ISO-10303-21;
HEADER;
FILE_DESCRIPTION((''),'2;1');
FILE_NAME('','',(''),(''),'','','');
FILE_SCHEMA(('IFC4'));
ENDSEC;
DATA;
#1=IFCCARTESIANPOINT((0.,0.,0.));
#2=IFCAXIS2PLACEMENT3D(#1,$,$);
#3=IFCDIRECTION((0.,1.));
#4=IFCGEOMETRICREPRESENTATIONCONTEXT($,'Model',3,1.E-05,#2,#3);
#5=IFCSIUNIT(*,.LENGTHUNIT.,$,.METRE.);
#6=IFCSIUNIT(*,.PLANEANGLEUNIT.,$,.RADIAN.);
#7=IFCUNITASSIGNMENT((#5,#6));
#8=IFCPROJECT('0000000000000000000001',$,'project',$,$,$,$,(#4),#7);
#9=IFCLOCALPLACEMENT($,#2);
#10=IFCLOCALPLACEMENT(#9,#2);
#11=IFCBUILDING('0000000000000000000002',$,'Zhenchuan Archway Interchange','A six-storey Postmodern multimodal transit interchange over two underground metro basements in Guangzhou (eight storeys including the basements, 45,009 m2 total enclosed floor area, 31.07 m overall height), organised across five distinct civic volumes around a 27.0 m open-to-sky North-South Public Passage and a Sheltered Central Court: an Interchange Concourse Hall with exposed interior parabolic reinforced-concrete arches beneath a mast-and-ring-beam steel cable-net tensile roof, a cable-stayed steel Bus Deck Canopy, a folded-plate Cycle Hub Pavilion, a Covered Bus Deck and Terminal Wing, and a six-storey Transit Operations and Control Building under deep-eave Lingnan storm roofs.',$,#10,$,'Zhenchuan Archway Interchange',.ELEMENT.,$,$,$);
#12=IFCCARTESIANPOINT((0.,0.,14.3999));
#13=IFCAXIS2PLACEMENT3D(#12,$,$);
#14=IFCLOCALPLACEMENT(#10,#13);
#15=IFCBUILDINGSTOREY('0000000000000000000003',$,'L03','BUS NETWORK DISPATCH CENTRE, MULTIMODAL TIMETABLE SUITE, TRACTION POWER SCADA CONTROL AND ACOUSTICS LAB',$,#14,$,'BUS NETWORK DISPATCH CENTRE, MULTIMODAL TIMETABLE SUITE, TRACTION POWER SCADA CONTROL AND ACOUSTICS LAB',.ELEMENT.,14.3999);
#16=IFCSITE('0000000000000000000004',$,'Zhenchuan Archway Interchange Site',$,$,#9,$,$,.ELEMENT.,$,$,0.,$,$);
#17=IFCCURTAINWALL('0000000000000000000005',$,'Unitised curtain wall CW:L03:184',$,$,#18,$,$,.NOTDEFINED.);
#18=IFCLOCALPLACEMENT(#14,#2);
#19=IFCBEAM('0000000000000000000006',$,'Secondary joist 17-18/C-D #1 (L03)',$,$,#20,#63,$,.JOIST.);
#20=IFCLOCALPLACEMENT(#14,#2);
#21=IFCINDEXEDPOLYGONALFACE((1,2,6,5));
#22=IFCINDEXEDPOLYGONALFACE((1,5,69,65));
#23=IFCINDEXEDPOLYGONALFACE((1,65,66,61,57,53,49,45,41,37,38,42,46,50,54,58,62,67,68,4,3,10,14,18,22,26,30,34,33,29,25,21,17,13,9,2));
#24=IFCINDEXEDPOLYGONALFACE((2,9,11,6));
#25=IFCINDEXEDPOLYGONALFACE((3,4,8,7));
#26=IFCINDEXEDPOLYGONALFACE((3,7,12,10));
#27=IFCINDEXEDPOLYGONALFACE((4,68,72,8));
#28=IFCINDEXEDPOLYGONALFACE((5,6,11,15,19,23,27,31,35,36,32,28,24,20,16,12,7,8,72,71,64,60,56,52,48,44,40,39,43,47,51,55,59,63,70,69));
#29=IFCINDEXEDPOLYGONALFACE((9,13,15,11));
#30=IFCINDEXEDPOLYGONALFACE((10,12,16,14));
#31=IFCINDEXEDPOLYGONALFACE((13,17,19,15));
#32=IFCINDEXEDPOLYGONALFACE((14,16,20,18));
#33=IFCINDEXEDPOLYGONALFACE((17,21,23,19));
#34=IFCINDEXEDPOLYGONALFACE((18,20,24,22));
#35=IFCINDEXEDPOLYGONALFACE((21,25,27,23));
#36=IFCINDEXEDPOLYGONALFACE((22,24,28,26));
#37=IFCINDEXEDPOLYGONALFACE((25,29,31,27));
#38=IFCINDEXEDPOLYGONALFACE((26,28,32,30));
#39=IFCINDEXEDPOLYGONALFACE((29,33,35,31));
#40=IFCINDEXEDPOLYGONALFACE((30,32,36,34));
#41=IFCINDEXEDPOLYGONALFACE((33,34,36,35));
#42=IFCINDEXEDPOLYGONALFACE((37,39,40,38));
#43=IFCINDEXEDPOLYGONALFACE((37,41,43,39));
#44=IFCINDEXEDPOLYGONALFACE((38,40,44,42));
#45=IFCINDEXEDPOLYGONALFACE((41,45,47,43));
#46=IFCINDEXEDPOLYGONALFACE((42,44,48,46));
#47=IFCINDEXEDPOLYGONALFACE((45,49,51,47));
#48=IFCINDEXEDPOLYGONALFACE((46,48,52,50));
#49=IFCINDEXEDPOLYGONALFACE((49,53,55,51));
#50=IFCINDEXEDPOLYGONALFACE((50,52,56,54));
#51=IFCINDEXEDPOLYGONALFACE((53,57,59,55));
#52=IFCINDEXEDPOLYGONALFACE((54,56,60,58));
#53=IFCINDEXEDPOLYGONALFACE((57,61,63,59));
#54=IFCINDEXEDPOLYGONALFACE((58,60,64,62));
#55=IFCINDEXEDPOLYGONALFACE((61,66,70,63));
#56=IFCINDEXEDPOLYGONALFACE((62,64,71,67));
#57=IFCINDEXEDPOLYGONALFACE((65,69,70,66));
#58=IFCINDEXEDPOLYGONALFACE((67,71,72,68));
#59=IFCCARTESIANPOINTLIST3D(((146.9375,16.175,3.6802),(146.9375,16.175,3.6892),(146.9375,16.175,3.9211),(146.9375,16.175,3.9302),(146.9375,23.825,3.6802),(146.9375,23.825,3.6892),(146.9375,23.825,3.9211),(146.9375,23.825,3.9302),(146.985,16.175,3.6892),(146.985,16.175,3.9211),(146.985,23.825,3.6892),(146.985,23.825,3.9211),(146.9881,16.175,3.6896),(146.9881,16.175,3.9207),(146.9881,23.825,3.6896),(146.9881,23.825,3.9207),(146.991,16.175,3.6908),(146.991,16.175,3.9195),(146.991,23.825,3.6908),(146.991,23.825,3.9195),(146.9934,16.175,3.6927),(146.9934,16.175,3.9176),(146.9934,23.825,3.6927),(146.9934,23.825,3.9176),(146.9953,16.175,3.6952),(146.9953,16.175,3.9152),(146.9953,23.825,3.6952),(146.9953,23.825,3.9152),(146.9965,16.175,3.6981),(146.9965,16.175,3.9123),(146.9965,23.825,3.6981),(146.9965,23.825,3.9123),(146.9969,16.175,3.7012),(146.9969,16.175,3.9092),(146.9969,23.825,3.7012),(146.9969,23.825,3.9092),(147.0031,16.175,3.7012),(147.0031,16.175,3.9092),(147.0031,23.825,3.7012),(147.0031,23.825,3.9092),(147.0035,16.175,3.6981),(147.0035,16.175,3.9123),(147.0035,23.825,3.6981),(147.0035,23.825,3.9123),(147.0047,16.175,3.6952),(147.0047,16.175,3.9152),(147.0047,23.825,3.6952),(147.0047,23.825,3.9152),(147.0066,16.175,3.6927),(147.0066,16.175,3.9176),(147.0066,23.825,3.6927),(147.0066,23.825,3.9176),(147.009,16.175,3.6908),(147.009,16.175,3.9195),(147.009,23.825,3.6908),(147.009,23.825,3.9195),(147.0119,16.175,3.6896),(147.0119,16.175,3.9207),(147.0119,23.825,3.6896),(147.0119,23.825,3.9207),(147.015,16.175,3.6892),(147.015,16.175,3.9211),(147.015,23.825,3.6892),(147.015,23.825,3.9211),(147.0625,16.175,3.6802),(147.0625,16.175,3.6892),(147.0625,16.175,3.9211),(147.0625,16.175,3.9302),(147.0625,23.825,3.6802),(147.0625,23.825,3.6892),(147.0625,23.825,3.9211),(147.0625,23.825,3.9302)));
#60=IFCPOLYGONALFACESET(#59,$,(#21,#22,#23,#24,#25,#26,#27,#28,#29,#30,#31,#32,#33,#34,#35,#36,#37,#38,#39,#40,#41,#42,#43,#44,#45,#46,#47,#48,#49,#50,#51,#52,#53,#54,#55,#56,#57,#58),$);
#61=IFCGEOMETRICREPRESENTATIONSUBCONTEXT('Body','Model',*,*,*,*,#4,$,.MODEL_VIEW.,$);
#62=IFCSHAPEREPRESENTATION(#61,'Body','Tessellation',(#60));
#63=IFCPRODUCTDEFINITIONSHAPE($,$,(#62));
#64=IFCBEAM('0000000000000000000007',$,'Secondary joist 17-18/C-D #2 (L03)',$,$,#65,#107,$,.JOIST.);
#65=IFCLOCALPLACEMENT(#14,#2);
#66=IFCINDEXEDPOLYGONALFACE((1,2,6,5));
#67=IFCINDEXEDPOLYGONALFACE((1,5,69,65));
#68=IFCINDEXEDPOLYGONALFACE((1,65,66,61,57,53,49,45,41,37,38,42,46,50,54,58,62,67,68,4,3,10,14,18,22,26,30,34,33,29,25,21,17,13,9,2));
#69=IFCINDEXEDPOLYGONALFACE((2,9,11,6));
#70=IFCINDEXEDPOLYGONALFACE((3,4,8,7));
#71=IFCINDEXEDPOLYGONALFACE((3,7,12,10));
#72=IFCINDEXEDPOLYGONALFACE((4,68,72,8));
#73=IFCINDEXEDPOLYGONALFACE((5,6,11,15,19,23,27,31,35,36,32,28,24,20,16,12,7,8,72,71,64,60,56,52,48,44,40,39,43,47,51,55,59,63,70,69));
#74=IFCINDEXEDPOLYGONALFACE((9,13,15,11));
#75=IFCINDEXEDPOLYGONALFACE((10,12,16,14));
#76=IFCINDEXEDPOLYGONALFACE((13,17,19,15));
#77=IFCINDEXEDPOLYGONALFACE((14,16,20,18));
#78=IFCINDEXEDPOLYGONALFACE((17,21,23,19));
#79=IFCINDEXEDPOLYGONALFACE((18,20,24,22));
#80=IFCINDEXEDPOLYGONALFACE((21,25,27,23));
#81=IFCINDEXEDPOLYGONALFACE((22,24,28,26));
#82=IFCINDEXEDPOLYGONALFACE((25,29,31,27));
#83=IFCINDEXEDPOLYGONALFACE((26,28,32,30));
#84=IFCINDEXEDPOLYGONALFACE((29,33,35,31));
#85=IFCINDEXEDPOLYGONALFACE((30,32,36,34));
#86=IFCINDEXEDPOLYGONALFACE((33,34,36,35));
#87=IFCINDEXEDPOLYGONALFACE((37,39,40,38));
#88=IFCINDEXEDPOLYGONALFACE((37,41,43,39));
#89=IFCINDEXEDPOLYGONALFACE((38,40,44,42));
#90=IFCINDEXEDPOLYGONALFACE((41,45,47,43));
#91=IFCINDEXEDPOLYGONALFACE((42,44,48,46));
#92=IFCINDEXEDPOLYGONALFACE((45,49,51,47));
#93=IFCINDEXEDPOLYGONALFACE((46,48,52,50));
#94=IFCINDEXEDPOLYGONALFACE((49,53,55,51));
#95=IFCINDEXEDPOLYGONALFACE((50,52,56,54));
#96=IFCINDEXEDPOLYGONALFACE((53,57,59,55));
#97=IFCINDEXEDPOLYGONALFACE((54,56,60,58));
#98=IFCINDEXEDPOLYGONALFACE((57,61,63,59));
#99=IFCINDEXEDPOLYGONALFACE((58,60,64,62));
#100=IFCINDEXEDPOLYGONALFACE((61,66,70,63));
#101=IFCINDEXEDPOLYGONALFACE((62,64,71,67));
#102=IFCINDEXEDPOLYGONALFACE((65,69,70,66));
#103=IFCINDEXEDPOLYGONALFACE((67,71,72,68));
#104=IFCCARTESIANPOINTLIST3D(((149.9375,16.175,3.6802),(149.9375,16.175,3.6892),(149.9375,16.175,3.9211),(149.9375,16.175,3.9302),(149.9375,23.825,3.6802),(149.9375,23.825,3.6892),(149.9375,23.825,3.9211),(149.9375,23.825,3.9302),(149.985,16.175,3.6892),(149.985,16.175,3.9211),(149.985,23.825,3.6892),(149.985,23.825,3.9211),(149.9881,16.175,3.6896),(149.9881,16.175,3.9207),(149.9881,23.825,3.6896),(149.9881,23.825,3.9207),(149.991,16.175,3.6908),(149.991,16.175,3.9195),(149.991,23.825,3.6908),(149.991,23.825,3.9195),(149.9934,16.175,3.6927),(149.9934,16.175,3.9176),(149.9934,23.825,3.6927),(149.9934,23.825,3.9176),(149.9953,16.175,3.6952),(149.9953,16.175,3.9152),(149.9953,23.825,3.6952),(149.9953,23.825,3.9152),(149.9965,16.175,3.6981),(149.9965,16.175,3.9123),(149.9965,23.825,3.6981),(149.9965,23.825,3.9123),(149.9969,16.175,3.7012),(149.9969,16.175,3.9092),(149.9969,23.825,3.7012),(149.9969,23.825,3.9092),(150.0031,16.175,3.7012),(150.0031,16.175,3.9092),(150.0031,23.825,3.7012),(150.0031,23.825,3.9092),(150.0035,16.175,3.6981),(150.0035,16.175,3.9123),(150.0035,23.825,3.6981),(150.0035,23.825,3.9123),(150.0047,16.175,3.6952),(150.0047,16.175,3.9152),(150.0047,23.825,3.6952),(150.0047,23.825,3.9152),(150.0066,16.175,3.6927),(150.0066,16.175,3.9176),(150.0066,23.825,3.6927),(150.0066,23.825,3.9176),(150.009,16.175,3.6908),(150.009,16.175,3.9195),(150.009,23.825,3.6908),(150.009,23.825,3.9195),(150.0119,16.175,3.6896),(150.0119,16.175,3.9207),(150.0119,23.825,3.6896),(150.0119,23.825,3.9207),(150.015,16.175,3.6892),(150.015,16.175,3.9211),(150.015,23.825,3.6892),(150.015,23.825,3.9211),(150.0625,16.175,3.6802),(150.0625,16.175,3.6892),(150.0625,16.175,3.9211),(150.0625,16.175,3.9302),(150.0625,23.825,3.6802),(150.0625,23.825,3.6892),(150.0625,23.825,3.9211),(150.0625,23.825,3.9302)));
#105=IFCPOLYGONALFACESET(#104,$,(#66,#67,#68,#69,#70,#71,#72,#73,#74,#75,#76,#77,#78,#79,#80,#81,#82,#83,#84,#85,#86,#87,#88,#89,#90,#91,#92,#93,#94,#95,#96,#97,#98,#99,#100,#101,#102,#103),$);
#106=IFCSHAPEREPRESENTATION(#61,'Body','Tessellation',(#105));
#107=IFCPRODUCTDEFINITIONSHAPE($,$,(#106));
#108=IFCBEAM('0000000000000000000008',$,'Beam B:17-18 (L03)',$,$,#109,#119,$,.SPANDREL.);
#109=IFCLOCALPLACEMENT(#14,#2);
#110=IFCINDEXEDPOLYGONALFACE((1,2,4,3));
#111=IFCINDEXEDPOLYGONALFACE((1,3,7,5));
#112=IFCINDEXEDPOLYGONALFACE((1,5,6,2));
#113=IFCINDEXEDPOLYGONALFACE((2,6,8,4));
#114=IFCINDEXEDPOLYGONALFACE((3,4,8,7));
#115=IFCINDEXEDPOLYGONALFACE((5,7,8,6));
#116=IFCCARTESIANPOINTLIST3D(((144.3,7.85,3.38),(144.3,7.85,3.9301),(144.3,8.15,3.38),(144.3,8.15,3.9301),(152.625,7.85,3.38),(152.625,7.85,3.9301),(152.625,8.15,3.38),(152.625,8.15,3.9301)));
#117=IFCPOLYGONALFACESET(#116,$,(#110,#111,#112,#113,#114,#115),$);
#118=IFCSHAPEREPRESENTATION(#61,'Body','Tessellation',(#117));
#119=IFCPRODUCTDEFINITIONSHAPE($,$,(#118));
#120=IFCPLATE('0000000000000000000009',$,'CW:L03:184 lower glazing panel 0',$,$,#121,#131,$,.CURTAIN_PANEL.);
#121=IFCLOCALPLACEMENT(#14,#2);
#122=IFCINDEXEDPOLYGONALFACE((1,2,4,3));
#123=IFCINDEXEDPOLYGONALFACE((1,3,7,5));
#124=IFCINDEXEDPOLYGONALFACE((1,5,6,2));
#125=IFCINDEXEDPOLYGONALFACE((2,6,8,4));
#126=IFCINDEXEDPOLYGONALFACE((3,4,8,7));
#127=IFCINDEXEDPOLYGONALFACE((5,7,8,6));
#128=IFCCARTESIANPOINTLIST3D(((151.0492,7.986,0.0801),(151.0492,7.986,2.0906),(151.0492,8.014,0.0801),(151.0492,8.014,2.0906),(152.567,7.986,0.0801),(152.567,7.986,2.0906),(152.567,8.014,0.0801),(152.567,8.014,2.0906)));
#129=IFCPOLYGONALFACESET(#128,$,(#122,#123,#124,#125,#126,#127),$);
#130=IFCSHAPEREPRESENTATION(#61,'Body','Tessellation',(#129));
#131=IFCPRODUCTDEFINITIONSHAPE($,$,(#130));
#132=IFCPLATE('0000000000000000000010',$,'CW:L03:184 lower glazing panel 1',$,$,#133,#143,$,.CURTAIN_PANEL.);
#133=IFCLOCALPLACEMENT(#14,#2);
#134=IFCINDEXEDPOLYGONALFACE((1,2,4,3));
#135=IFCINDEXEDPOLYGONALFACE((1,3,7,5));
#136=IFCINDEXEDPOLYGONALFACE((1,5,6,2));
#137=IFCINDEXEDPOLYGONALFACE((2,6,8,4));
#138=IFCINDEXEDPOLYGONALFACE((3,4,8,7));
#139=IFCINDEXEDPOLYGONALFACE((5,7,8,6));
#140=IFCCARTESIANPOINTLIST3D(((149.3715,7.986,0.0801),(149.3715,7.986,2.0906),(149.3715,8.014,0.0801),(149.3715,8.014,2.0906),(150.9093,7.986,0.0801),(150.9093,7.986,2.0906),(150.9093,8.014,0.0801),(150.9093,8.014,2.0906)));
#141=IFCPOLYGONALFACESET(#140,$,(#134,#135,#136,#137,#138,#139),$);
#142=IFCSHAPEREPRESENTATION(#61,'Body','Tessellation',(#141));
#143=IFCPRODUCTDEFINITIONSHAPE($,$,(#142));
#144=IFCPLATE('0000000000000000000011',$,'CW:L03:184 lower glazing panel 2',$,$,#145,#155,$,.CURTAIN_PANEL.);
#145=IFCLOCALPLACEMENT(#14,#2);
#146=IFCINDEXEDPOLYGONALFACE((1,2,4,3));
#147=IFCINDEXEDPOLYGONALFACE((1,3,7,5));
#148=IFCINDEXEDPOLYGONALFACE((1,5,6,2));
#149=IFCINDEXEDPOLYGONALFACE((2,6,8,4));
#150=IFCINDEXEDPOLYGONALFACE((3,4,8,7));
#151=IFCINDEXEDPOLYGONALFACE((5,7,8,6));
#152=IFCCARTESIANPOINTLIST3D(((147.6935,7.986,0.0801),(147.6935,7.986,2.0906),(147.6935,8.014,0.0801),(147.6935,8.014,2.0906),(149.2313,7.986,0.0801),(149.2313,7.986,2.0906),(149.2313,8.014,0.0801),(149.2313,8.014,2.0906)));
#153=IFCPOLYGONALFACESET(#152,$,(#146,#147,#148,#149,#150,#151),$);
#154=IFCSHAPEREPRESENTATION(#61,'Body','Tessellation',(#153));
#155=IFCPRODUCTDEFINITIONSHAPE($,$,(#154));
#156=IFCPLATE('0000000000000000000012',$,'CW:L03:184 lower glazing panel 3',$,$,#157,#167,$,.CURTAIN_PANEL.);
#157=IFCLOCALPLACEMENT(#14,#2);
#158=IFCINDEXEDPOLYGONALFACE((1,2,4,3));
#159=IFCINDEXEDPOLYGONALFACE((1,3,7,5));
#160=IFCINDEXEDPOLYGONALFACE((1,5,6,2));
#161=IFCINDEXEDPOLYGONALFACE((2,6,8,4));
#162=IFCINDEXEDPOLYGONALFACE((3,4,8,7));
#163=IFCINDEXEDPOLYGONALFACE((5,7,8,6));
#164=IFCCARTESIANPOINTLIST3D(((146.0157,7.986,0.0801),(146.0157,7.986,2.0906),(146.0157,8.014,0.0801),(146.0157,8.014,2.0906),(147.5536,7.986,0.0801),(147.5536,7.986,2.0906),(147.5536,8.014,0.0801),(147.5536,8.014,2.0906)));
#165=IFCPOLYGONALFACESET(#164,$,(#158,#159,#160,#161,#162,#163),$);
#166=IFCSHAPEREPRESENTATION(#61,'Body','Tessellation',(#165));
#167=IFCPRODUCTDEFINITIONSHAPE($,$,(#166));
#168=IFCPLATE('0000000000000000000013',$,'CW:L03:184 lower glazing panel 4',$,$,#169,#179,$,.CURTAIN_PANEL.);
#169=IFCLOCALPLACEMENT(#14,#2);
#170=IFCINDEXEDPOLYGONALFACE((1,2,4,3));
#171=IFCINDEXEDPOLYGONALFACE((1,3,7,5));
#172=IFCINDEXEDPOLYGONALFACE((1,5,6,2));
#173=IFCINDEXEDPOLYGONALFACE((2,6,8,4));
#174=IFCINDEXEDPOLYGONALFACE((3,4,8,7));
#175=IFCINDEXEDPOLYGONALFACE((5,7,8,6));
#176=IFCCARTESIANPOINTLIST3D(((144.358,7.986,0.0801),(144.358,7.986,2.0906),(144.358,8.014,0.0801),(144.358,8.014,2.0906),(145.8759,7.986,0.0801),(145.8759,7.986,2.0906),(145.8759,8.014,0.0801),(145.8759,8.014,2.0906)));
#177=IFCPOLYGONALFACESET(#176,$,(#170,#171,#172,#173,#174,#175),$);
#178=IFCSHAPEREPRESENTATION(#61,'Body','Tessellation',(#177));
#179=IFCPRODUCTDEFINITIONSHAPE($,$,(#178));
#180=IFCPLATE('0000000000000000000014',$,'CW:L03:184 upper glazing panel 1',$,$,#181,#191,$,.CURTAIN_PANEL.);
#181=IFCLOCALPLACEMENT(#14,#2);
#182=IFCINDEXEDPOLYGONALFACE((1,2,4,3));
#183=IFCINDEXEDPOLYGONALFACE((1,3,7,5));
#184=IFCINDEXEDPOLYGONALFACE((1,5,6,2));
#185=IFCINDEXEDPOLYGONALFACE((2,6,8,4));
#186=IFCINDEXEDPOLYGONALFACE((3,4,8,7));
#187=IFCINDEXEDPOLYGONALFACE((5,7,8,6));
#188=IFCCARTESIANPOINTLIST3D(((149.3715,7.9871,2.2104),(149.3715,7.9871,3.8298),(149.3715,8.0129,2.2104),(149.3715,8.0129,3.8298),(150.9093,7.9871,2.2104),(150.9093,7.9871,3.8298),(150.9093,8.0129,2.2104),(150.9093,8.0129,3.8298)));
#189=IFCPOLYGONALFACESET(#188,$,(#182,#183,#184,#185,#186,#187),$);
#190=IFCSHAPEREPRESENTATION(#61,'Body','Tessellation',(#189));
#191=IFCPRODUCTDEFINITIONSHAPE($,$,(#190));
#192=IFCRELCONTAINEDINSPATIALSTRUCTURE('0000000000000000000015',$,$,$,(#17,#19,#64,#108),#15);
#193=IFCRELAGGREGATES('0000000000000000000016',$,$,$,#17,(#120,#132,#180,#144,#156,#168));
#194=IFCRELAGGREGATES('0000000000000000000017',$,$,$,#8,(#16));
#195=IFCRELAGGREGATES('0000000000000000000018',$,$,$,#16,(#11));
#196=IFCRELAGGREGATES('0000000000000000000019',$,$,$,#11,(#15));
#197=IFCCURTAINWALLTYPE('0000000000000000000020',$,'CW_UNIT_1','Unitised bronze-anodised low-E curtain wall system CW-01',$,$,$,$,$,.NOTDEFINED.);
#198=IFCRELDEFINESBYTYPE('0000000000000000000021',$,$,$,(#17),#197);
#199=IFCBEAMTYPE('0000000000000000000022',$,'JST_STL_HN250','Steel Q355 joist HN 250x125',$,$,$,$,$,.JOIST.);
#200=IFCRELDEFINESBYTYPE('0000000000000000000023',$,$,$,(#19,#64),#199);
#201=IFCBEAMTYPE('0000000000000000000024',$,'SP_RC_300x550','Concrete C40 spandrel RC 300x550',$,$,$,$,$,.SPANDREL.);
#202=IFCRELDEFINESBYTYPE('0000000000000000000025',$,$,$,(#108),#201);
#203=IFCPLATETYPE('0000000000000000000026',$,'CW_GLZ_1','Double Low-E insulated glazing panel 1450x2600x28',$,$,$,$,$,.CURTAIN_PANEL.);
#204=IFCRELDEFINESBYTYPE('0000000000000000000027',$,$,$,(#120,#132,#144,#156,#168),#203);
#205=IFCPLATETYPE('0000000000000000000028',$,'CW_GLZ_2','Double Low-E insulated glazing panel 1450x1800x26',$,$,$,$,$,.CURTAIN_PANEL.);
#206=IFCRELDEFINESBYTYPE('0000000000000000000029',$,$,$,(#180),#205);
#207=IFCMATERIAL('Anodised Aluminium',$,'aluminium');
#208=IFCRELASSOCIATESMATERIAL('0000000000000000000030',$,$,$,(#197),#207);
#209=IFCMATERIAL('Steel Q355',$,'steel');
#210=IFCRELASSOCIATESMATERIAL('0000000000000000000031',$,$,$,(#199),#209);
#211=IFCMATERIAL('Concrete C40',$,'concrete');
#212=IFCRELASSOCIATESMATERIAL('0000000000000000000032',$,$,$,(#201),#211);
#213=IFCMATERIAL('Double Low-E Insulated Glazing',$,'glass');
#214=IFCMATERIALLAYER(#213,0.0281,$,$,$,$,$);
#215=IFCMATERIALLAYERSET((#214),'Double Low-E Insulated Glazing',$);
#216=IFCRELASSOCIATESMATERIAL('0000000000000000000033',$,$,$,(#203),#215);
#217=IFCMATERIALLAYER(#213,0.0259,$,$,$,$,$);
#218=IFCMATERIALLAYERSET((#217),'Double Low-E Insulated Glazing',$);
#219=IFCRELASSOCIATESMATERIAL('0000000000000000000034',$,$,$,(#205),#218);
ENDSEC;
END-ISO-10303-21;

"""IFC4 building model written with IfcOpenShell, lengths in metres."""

from ifc_helpers import new_model, si_unit, direction, frame, origin, origin_2d, place, context, subcontext, project, spatial, rectangle, i_section, extrude, material, layer, layer_set, material_profile, profile_set, type_object, element, aggregate, save


model = new_model("IFC4")

# Units and contexts
model_context = context("Model", 3, precision=1e-05, world=origin(), true_north=direction((0.0, 1.0)))
body_context = subcontext(model_context, "Body", "Model", "MODEL_VIEW")
ifc_project = project(units=[si_unit("LENGTHUNIT", "METRE"), si_unit("PLANEANGLEUNIT", "RADIAN")], contexts=[model_context])

# Site, building, storey
site_placement = place(None, origin())
site = spatial("IfcSite", under=ifc_project, at=site_placement, Name="Zhenchuan Archway Interchange Site", CompositionType="ELEMENT", RefElevation=0.0)
building_placement = place(site_placement, origin())
building = spatial("IfcBuilding", under=site, at=building_placement, Name="Zhenchuan Archway Interchange", Description="A six-storey Postmodern multimodal transit interchange over two underground metro basements in Guangzhou (eight storeys including the basements, 45,009 m2 total enclosed floor area, 31.07 m overall height), organised across five distinct civic volumes around a 27.0 m open-to-sky North-South Public Passage and a Sheltered Central Court: an Interchange Concourse Hall with exposed interior parabolic reinforced-concrete arches beneath a mast-and-ring-beam steel cable-net tensile roof, a cable-stayed steel Bus Deck Canopy, a folded-plate Cycle Hub Pavilion, a Covered Bus Deck and Terminal Wing, and a six-storey Transit Operations and Control Building under deep-eave Lingnan storm roofs.", LongName="Zhenchuan Archway Interchange", CompositionType="ELEMENT")
storey_placement = place(building_placement, frame((0.0, 0.0, 14.3999)))
storey = spatial("IfcBuildingStorey", under=building, at=storey_placement, Name="L03", Description="BUS NETWORK DISPATCH CENTRE, MULTIMODAL TIMETABLE SUITE, TRACTION POWER SCADA CONTROL AND ACOUSTICS LAB", LongName="BUS NETWORK DISPATCH CENTRE, MULTIMODAL TIMETABLE SUITE, TRACTION POWER SCADA CONTROL AND ACOUSTICS LAB", CompositionType="ELEMENT", Elevation=14.3999)

# Shared definitions
ifc_material_1 = material(Name="Concrete C40", Category="concrete")

# Curtain wall
ifc_material_2 = material(Name="Anodised Aluminium", Category="aluminium")
curtain_wall_type = type_object("IfcCurtainWallType", Name="CW_UNIT_1", Description="Unitised bronze-anodised low-E curtain wall system CW-01", PredefinedType="NOTDEFINED", material=ifc_material_2)
curtain_wall_placement = place(storey_placement, origin())
curtain_wall = element("IfcCurtainWall", 1, at=curtain_wall_placement, inside=storey, type_object=curtain_wall_type, Name="Unitised curtain wall CW:L03:184", PredefinedType="NOTDEFINED")

# Beams
ifc_material_3 = material(Name="Steel Q355", Category="steel")
ifc_material_profile_1 = material_profile(ifc_material_3, i_section(OverallWidth=0.125, OverallDepth=0.25, WebThickness=0.0061, FlangeThickness=0.009, FilletRadius=0.012, at=origin_2d()), Name="HN 250x125")
ifc_profile_set_1 = profile_set([ifc_material_profile_1], Name="Steel Q355")
beam_type_1 = type_object("IfcBeamType", Name="JST_STL_HN250", Description="Steel Q355 joist HN 250x125", PredefinedType="JOIST", material=ifc_profile_set_1)
for number, where, z_axis, x_axis, name in (
    (2, (147.0, 16.175, 3.8052), (0.0, 1.0, 0.0), (-1.0, 0.0, 0.0), "Secondary joist 17-18/C-D #1 (L03)"),
    (3, (150.0, 16.175, 3.8052), (0.0, 1.0, 0.0), (-1.0, 0.0, 0.0), "Secondary joist 17-18/C-D #2 (L03)"),
):
    element("IfcBeam", number, at=place(storey_placement, frame(where, z_axis=z_axis, x_axis=x_axis)), inside=storey, type_object=beam_type_1, Name=name, PredefinedType="JOIST", context=body_context, shape_type="SweptSolid", body=[
        extrude(i_section(OverallWidth=0.125, OverallDepth=0.25, WebThickness=0.0061, FlangeThickness=0.009, FilletRadius=0.012, at=origin_2d()), origin(), (0.0, 0.0, 1.0), 7.6499),
    ])
ifc_material_profile_2 = material_profile(ifc_material_1, rectangle(XDim=0.3, YDim=0.55, at=origin_2d()), Name="RC 300x550")
ifc_profile_set_2 = profile_set([ifc_material_profile_2], Name="Concrete C40")
beam_type_2 = type_object("IfcBeamType", Name="SP_RC_300x550", Description="Concrete C40 spandrel RC 300x550", PredefinedType="SPANDREL", material=ifc_profile_set_2)
beam_1_placement = place(storey_placement, frame((144.3, 8.0, 3.655), z_axis=(1.0, 0.0, 0.0), x_axis=(0.0, 1.0, 0.0)))
element("IfcBeam", 4, at=beam_1_placement, inside=storey, type_object=beam_type_2, Name="Beam B:17-18 (L03)", PredefinedType="SPANDREL", context=body_context, shape_type="SweptSolid", body=[
    extrude(rectangle(XDim=0.3, YDim=0.55, at=origin_2d()), origin(), (0.0, 0.0, 1.0), 8.325),
])

# Plates
ifc_material_4 = material(Name="Double Low-E Insulated Glazing", Category="glass")
ifc_layer_1 = layer(ifc_material_4, 0.0281)
ifc_layer_set_1 = layer_set([ifc_layer_1], Name="Double Low-E Insulated Glazing")
plate_type_1 = type_object("IfcPlateType", Name="CW_GLZ_1", Description="Double Low-E insulated glazing panel 1450x2600x28", PredefinedType="CURTAIN_PANEL", material=ifc_layer_set_1)
plate_1_placement = place(storey_placement, frame((151.8081, 8.0, 0.0801), z_axis=(0.0, 0.0, 1.0), x_axis=(-1.0, 0.0, 0.0)))
plate_1 = element("IfcPlate", 5, at=plate_1_placement, type_object=plate_type_1, Name="CW:L03:184 lower glazing panel 0", PredefinedType="CURTAIN_PANEL", context=body_context, shape_type="SweptSolid", body=[
    extrude(rectangle(XDim=1.5178, YDim=0.0281, at=origin_2d()), origin(), (0.0, 0.0, 1.0), 2.0105),
])
plate_2_placement = place(storey_placement, frame((150.1404, 8.0, 0.0801), z_axis=(0.0, 0.0, 1.0), x_axis=(-1.0, 0.0, 0.0)))
plate_2 = element("IfcPlate", 6, at=plate_2_placement, type_object=plate_type_1, Name="CW:L03:184 lower glazing panel 1", PredefinedType="CURTAIN_PANEL", context=body_context, shape_type="SweptSolid", body=[
    extrude(rectangle(XDim=1.5378, YDim=0.0281, at=origin_2d()), origin(), (0.0, 0.0, 1.0), 2.0105),
])
plate_3_placement = place(storey_placement, frame((148.4624, 8.0, 0.0801), z_axis=(0.0, 0.0, 1.0), x_axis=(-1.0, 0.0, 0.0)))
plate_3 = element("IfcPlate", 7, at=plate_3_placement, type_object=plate_type_1, Name="CW:L03:184 lower glazing panel 2", PredefinedType="CURTAIN_PANEL", context=body_context, shape_type="SweptSolid", body=[
    extrude(rectangle(XDim=1.5378, YDim=0.0281, at=origin_2d()), origin(), (0.0, 0.0, 1.0), 2.0105),
])
plate_4_placement = place(storey_placement, frame((146.7847, 8.0, 0.0801), z_axis=(0.0, 0.0, 1.0), x_axis=(-1.0, 0.0, 0.0)))
plate_4 = element("IfcPlate", 8, at=plate_4_placement, type_object=plate_type_1, Name="CW:L03:184 lower glazing panel 3", PredefinedType="CURTAIN_PANEL", context=body_context, shape_type="SweptSolid", body=[
    extrude(rectangle(XDim=1.5378, YDim=0.0281, at=origin_2d()), origin(), (0.0, 0.0, 1.0), 2.0105),
])
plate_5_placement = place(storey_placement, frame((145.1169, 8.0, 0.0801), z_axis=(0.0, 0.0, 1.0), x_axis=(-1.0, 0.0, 0.0)))
plate_5 = element("IfcPlate", 9, at=plate_5_placement, type_object=plate_type_1, Name="CW:L03:184 lower glazing panel 4", PredefinedType="CURTAIN_PANEL", context=body_context, shape_type="SweptSolid", body=[
    extrude(rectangle(XDim=1.5178, YDim=0.0281, at=origin_2d()), origin(), (0.0, 0.0, 1.0), 2.0105),
])
ifc_layer_2 = layer(ifc_material_4, 0.0259)
ifc_layer_set_2 = layer_set([ifc_layer_2], Name="Double Low-E Insulated Glazing")
plate_type_2 = type_object("IfcPlateType", Name="CW_GLZ_2", Description="Double Low-E insulated glazing panel 1450x1800x26", PredefinedType="CURTAIN_PANEL", material=ifc_layer_set_2)
plate_6_placement = place(storey_placement, frame((150.1404, 8.0, 2.2104), z_axis=(0.0, 0.0, 1.0), x_axis=(-1.0, 0.0, 0.0)))
plate_6 = element("IfcPlate", 10, at=plate_6_placement, type_object=plate_type_2, Name="CW:L03:184 upper glazing panel 1", PredefinedType="CURTAIN_PANEL", context=body_context, shape_type="SweptSolid", body=[
    extrude(rectangle(XDim=1.5378, YDim=0.0259, at=origin_2d()), origin(), (0.0, 0.0, 1.0), 1.6194),
])
aggregate(curtain_wall, [plate_1, plate_2, plate_6, plate_3, plate_4, plate_5])

save(model, "model.ifc")
